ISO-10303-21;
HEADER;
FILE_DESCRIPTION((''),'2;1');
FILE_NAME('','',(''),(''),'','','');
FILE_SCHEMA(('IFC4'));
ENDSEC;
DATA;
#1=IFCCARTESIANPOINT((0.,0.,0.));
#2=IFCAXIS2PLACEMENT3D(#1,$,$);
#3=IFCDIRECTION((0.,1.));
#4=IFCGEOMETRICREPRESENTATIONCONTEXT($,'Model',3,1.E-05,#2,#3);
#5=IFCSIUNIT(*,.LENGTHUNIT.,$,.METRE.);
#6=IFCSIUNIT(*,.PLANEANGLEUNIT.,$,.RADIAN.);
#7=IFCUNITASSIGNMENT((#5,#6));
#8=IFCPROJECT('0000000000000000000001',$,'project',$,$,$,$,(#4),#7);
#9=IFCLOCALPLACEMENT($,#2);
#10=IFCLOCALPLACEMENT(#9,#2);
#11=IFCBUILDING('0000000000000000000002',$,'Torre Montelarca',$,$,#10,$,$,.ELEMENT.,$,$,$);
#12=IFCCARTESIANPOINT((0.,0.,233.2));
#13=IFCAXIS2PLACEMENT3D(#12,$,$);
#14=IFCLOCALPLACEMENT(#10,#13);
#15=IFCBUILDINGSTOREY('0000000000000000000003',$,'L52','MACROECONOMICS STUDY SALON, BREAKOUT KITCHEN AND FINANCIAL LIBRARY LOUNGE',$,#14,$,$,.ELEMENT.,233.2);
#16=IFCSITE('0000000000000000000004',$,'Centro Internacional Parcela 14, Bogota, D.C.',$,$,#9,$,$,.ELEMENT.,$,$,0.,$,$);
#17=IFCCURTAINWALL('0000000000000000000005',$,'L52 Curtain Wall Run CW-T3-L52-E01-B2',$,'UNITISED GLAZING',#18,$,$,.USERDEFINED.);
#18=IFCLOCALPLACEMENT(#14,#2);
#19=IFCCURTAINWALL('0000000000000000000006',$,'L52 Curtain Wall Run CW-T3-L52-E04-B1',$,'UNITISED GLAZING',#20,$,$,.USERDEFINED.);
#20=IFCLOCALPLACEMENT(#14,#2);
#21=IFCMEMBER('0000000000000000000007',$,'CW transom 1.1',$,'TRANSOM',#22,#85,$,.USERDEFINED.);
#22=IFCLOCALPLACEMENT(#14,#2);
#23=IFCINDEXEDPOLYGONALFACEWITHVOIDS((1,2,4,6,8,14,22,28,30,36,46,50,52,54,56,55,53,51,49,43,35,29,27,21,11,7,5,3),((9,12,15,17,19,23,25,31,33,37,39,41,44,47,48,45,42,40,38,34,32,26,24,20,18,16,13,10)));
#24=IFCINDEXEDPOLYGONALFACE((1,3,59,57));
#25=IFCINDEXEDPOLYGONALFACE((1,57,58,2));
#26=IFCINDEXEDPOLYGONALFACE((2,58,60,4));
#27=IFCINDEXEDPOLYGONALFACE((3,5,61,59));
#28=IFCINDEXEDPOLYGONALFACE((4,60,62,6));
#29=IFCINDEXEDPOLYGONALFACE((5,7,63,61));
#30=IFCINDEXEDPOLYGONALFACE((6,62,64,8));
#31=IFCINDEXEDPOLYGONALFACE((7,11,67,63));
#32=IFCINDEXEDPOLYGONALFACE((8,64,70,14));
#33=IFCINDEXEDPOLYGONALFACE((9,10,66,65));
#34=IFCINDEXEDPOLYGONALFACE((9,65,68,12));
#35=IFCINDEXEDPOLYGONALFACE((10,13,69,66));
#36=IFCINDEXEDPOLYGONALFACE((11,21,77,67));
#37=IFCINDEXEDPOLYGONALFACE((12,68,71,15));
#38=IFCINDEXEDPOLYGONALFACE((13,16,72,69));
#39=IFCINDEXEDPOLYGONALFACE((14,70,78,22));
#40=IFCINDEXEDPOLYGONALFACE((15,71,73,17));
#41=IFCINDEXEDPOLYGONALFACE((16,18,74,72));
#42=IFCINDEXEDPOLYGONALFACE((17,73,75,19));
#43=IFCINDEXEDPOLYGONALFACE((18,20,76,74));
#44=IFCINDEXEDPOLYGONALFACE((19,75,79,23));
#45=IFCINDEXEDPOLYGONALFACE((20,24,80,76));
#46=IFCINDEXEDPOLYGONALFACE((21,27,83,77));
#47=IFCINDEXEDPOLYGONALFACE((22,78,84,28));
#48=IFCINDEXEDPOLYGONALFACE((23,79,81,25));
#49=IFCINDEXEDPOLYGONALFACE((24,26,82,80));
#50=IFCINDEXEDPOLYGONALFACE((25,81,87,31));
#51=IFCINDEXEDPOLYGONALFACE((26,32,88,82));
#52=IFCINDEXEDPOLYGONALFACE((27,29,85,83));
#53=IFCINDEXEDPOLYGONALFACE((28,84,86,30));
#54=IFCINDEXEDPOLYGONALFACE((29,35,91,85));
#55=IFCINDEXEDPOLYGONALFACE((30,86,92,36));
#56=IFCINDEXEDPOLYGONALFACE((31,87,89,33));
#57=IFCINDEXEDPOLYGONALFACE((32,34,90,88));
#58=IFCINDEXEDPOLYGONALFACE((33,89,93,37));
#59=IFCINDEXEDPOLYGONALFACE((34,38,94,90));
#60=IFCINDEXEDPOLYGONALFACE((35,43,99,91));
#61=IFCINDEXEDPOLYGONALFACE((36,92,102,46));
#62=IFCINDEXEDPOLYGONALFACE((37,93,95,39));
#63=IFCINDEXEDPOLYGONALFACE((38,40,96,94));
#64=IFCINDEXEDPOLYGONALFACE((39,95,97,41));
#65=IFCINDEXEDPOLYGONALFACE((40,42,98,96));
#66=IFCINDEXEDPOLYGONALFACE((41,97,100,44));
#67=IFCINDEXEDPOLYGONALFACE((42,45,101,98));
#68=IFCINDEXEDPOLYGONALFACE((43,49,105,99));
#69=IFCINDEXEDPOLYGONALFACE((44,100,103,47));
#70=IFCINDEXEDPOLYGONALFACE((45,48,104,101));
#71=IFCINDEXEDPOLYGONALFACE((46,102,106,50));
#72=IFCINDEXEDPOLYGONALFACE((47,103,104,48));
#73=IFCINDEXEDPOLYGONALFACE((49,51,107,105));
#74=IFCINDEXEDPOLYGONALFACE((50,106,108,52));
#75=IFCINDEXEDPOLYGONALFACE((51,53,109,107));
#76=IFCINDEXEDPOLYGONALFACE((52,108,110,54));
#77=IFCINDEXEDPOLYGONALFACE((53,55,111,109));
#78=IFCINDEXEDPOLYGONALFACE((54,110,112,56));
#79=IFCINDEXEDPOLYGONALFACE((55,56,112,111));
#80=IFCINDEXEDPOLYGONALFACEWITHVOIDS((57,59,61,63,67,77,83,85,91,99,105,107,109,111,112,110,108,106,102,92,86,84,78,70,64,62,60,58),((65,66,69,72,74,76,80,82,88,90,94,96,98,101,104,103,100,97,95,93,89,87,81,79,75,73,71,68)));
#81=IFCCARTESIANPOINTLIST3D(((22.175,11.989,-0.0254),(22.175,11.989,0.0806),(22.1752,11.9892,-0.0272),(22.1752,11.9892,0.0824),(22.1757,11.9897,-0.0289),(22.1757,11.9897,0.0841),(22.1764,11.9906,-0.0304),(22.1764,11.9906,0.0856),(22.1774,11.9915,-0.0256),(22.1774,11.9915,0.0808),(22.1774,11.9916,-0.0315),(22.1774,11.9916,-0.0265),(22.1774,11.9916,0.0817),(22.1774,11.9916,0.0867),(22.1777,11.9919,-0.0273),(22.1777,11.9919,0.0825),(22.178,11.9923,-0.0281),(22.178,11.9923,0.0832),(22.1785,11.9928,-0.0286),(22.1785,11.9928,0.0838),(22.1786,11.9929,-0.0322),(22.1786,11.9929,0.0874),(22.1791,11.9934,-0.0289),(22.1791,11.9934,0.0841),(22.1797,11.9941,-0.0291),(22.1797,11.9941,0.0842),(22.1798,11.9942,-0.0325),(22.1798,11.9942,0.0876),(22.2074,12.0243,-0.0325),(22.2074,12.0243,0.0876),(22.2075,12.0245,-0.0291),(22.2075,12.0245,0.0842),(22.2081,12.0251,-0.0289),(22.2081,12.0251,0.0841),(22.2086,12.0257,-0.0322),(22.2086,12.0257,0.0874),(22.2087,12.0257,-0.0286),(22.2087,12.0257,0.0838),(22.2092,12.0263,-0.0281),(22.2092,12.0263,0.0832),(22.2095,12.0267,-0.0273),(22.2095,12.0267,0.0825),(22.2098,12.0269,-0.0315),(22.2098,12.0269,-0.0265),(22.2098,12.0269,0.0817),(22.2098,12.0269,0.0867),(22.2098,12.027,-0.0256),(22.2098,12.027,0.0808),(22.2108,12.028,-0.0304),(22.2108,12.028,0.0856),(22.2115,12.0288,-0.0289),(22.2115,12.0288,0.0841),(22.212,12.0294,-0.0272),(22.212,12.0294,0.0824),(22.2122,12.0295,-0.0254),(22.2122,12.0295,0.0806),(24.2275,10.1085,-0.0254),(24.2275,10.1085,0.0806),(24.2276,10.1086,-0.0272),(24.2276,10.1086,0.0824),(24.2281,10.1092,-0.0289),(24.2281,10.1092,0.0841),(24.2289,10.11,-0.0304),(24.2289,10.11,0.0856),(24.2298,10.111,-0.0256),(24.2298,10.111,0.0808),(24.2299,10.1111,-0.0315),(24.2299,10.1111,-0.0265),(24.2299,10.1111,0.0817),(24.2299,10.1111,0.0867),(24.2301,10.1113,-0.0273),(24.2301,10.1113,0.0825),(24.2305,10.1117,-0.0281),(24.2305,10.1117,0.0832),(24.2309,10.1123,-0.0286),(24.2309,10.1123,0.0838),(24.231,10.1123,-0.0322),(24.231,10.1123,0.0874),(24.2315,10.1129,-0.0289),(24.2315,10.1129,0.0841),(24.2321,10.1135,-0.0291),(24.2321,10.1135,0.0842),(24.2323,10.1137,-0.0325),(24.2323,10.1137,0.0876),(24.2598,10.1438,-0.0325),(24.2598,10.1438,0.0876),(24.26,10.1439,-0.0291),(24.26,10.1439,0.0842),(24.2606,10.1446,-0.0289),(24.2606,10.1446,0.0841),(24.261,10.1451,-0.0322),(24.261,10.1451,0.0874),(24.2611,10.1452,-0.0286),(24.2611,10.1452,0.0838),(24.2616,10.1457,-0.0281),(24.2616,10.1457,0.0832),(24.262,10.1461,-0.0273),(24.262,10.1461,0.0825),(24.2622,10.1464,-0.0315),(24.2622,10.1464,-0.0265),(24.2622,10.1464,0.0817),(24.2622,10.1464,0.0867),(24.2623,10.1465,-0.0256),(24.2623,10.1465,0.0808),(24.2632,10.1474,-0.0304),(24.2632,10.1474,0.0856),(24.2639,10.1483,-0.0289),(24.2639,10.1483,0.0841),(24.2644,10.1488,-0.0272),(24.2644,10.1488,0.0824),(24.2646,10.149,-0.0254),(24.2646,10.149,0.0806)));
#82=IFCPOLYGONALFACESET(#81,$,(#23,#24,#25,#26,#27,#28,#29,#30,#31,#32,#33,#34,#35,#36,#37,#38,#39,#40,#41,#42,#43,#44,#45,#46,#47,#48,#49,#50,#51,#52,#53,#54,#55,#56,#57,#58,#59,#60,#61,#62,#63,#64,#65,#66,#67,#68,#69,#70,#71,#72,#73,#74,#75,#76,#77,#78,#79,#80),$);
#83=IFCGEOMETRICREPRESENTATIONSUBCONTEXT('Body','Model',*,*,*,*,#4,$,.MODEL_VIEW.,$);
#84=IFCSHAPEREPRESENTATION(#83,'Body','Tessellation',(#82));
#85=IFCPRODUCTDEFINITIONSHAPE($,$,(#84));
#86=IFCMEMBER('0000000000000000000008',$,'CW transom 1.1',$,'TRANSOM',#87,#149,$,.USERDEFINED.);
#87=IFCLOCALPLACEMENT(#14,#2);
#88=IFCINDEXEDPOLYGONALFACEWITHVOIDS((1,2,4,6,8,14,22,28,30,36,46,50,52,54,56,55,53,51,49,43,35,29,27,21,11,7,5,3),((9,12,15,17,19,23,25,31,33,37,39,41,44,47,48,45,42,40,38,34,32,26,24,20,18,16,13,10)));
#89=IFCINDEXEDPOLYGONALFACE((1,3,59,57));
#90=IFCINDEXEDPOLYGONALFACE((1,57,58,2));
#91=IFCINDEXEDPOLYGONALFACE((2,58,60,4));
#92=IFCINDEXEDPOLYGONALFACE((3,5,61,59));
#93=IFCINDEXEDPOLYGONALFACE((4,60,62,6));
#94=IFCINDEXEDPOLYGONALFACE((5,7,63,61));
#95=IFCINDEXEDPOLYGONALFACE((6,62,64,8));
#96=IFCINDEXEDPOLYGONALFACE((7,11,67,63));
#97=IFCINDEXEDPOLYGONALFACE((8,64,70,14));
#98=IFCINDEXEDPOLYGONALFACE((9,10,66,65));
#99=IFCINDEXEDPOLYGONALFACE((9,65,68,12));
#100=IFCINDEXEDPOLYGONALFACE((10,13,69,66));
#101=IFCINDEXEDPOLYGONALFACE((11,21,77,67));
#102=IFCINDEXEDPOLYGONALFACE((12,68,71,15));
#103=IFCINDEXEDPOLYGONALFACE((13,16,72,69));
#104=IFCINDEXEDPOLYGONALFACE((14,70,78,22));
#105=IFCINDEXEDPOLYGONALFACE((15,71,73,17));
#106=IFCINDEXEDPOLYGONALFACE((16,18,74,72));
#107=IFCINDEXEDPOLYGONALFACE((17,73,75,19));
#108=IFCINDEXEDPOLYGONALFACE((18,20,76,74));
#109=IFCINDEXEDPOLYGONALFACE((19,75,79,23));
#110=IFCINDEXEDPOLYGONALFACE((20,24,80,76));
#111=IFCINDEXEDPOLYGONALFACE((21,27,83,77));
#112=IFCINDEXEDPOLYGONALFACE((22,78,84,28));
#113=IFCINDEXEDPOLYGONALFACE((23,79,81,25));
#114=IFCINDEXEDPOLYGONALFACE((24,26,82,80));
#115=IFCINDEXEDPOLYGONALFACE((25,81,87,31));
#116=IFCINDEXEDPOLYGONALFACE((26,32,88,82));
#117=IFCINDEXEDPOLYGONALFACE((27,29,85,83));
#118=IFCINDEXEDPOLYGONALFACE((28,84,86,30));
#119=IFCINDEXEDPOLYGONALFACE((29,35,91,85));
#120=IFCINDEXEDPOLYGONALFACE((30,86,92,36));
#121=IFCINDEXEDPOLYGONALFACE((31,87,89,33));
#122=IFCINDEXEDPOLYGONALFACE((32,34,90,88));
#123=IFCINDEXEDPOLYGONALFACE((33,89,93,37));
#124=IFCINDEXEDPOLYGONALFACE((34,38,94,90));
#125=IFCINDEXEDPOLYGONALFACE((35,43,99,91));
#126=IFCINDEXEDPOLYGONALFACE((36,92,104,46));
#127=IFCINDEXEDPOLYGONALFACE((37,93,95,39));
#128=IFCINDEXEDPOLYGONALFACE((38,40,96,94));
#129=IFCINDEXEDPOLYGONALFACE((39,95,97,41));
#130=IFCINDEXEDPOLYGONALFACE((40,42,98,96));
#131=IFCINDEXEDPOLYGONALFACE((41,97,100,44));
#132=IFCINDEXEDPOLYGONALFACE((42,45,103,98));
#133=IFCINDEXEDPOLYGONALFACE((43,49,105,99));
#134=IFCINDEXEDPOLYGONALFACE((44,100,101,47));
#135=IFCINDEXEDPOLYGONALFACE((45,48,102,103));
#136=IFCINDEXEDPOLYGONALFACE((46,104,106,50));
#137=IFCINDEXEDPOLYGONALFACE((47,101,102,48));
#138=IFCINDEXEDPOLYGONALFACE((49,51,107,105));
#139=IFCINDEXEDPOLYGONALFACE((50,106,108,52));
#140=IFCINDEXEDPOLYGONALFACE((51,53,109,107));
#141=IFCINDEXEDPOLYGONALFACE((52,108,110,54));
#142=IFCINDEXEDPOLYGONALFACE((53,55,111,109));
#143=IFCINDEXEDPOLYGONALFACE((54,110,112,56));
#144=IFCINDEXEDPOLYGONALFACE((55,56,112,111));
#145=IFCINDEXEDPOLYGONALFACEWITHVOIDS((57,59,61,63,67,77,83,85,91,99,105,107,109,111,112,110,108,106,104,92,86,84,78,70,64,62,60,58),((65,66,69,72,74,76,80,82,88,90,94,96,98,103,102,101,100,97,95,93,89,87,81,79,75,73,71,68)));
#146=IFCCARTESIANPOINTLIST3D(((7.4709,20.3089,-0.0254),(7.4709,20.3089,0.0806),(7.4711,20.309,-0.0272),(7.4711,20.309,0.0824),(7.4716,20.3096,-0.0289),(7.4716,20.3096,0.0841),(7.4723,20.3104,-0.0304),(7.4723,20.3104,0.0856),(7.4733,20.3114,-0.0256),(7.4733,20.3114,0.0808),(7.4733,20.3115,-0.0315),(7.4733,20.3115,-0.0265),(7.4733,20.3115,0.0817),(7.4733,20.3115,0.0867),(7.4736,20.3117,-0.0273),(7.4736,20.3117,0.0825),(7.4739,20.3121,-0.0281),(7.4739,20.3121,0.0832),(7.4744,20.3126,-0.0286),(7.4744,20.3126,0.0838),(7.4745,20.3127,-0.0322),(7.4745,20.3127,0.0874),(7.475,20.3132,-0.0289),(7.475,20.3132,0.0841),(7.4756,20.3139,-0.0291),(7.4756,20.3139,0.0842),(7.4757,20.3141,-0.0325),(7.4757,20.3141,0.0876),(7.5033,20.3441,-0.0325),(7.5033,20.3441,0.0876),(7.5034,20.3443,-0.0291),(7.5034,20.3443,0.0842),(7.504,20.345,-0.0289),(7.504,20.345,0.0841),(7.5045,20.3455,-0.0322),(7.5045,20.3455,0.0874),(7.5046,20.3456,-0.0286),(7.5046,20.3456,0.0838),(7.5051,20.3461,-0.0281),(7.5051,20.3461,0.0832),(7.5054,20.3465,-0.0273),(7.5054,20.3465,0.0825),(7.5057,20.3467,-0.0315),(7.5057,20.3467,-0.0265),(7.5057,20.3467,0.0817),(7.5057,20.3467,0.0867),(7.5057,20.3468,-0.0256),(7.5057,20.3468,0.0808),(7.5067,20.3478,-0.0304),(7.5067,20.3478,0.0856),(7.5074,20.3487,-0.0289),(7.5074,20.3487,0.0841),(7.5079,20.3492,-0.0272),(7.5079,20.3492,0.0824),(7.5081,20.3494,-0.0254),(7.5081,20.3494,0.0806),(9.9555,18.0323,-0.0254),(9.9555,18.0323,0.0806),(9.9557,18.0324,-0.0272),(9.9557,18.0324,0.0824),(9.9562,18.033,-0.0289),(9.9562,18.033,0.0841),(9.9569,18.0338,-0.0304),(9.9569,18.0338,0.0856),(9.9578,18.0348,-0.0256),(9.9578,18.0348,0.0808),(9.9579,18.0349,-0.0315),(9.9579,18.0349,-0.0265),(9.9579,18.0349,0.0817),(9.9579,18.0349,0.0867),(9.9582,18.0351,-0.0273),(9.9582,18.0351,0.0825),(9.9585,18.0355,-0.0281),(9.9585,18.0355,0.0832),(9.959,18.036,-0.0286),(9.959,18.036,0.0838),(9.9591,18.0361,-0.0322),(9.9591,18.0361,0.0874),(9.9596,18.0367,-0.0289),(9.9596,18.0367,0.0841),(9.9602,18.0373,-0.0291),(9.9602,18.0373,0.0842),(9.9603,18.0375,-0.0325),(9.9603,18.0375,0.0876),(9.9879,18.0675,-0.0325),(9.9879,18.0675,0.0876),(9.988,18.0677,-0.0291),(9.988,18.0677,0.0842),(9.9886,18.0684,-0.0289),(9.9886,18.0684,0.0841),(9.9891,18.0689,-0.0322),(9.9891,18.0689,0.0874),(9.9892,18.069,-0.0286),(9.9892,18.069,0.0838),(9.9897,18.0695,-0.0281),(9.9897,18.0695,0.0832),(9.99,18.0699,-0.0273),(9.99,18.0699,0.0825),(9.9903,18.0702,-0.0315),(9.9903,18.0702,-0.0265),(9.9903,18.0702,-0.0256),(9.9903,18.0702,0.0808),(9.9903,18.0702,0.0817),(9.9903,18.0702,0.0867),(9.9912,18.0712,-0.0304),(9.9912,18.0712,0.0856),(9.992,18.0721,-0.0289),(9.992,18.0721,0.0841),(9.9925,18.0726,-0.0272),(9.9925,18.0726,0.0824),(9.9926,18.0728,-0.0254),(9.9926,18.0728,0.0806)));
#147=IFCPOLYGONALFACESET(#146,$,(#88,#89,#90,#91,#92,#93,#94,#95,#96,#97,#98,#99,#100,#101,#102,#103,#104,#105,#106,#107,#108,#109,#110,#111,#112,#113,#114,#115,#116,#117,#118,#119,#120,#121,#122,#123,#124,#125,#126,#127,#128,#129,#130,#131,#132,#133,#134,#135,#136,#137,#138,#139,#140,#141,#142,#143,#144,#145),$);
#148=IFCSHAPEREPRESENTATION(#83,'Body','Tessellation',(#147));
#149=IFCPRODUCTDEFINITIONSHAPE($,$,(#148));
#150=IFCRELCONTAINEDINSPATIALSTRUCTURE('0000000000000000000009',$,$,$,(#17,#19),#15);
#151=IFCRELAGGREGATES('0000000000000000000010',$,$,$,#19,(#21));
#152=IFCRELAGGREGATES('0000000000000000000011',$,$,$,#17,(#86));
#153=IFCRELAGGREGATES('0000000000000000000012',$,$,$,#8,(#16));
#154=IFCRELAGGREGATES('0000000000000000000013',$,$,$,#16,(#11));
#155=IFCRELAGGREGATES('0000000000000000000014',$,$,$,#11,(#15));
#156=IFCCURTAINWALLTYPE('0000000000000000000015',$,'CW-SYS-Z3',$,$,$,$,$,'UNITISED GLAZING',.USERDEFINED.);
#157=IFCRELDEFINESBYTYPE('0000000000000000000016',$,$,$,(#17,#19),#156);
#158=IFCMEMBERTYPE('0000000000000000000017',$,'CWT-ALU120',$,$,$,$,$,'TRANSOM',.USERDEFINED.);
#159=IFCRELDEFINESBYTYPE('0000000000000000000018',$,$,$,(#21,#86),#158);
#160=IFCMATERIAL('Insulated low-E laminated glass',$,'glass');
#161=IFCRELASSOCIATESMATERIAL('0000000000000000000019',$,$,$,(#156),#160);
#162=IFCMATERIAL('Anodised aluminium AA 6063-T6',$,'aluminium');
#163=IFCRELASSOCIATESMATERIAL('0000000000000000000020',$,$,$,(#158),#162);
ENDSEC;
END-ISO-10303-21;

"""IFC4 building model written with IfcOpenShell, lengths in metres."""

from ifc_helpers import new_model, si_unit, direction, frame, origin, origin_2d, place, context, subcontext, project, spatial, hollow_rectangle, extrude, source, transform, mapped, material, material_profile, profile_set, type_object, element, aggregate, save


model = new_model("IFC4")

# Units and contexts
model_context = context("Model", 3, precision=1e-05, world=origin(), true_north=direction((0.0, 1.0)))
body_context = subcontext(model_context, "Body", "Model", "MODEL_VIEW")
ifc_project = project(units=[si_unit("LENGTHUNIT", "METRE"), si_unit("PLANEANGLEUNIT", "RADIAN")], contexts=[model_context])

# Site, building, storey
site_placement = place(None, origin())
site = spatial("IfcSite", under=ifc_project, at=site_placement, Name="Centro Internacional Parcela 14, Bogota, D.C.", CompositionType="ELEMENT", RefElevation=0.0)
building_placement = place(site_placement, origin())
building = spatial("IfcBuilding", under=site, at=building_placement, Name="Torre Montelarca", CompositionType="ELEMENT")
storey_placement = place(building_placement, frame((0.0, 0.0, 233.2)))
storey = spatial("IfcBuildingStorey", under=building, at=storey_placement, Name="L52", Description="MACROECONOMICS STUDY SALON, BREAKOUT KITCHEN AND FINANCIAL LIBRARY LOUNGE", CompositionType="ELEMENT", Elevation=233.2)

# Curtain wall
ifc_material_1 = material(Name="Insulated low-E laminated glass", Category="glass")
curtain_wall_type = type_object("IfcCurtainWallType", Name="CW-SYS-Z3", ElementType="UNITISED GLAZING", PredefinedType="USERDEFINED", material=ifc_material_1)
ifc_material_2 = material(Name="Anodised aluminium AA 6063-T6", Category="aluminium")
ifc_material_profile_1 = material_profile(ifc_material_2, hollow_rectangle(XDim=0.0549, YDim=0.1201, WallThickness=0.0034, InnerFilletRadius=0.0034, OuterFilletRadius=0.0071, at=origin_2d()), Name="ALU55X120X3.5", Category="aluminium")
ifc_profile_set_1 = profile_set([ifc_material_profile_1], Name="Anodised aluminium AA 6063-T6")
member_type_1 = type_object("IfcMemberType", Name="CWT-ALU120", ElementType="TRANSOM", PredefinedType="USERDEFINED", material=ifc_profile_set_1)
curtain_wall_1_placement = place(storey_placement, origin())
curtain_wall_1 = element("IfcCurtainWall", 1, at=curtain_wall_1_placement, inside=storey, type_object=curtain_wall_type, Name="L52 Curtain Wall Run CW-T3-L52-E01-B2", ObjectType="UNITISED GLAZING", PredefinedType="USERDEFINED")

# Curtain wall, member
curtain_wall_2_placement = place(storey_placement, origin())
curtain_wall_2 = element("IfcCurtainWall", 2, at=curtain_wall_2_placement, inside=storey, type_object=curtain_wall_type, Name="L52 Curtain Wall Run CW-T3-L52-E04-B1", ObjectType="UNITISED GLAZING", PredefinedType="USERDEFINED")
shared_shape_1 = source(origin(), body_context, "Body", "SweptSolid", [
    extrude(hollow_rectangle(XDim=0.0549, YDim=0.1201, WallThickness=0.0034, InnerFilletRadius=0.0034, OuterFilletRadius=0.0071, at=origin_2d()), origin(), (0.0, 0.0, 1.0), 2.7837),
])
member_1_placement = place(storey_placement, frame((22.1936, 12.0093, 0.0276), z_axis=(0.737303, -0.675562, 0.0), x_axis=(0.675562, 0.737303, 0.0)))
member_1 = element("IfcMember", 3, at=member_1_placement, type_object=member_type_1, Name="CW transom 1.1", ObjectType="TRANSOM", PredefinedType="USERDEFINED", context=body_context, shape_type="MappedRepresentation", body=[
    mapped(shared_shape_1, transform((0.0, 0.0, 0.0), scale=1.0)),
])
aggregate(curtain_wall_2, [member_1])

# Member
shared_shape_2 = source(origin(), body_context, "Body", "SweptSolid", [
    extrude(hollow_rectangle(XDim=0.0549, YDim=0.1201, WallThickness=0.0034, InnerFilletRadius=0.0034, OuterFilletRadius=0.0071, at=origin_2d()), origin(), (0.0, 0.0, 1.0), 3.3699),
])
member_2_placement = place(storey_placement, frame((7.4895, 20.3291, 0.0276), z_axis=(0.737295, -0.67557, 0.0), x_axis=(0.67557, 0.737295, 0.0)))
member_2 = element("IfcMember", 4, at=member_2_placement, type_object=member_type_1, Name="CW transom 1.1", ObjectType="TRANSOM", PredefinedType="USERDEFINED", context=body_context, shape_type="MappedRepresentation", body=[
    mapped(shared_shape_2, transform((0.0, 0.0, 0.0), scale=1.0)),
])

aggregate(curtain_wall_1, [member_2])

save(model, "model.ifc")
